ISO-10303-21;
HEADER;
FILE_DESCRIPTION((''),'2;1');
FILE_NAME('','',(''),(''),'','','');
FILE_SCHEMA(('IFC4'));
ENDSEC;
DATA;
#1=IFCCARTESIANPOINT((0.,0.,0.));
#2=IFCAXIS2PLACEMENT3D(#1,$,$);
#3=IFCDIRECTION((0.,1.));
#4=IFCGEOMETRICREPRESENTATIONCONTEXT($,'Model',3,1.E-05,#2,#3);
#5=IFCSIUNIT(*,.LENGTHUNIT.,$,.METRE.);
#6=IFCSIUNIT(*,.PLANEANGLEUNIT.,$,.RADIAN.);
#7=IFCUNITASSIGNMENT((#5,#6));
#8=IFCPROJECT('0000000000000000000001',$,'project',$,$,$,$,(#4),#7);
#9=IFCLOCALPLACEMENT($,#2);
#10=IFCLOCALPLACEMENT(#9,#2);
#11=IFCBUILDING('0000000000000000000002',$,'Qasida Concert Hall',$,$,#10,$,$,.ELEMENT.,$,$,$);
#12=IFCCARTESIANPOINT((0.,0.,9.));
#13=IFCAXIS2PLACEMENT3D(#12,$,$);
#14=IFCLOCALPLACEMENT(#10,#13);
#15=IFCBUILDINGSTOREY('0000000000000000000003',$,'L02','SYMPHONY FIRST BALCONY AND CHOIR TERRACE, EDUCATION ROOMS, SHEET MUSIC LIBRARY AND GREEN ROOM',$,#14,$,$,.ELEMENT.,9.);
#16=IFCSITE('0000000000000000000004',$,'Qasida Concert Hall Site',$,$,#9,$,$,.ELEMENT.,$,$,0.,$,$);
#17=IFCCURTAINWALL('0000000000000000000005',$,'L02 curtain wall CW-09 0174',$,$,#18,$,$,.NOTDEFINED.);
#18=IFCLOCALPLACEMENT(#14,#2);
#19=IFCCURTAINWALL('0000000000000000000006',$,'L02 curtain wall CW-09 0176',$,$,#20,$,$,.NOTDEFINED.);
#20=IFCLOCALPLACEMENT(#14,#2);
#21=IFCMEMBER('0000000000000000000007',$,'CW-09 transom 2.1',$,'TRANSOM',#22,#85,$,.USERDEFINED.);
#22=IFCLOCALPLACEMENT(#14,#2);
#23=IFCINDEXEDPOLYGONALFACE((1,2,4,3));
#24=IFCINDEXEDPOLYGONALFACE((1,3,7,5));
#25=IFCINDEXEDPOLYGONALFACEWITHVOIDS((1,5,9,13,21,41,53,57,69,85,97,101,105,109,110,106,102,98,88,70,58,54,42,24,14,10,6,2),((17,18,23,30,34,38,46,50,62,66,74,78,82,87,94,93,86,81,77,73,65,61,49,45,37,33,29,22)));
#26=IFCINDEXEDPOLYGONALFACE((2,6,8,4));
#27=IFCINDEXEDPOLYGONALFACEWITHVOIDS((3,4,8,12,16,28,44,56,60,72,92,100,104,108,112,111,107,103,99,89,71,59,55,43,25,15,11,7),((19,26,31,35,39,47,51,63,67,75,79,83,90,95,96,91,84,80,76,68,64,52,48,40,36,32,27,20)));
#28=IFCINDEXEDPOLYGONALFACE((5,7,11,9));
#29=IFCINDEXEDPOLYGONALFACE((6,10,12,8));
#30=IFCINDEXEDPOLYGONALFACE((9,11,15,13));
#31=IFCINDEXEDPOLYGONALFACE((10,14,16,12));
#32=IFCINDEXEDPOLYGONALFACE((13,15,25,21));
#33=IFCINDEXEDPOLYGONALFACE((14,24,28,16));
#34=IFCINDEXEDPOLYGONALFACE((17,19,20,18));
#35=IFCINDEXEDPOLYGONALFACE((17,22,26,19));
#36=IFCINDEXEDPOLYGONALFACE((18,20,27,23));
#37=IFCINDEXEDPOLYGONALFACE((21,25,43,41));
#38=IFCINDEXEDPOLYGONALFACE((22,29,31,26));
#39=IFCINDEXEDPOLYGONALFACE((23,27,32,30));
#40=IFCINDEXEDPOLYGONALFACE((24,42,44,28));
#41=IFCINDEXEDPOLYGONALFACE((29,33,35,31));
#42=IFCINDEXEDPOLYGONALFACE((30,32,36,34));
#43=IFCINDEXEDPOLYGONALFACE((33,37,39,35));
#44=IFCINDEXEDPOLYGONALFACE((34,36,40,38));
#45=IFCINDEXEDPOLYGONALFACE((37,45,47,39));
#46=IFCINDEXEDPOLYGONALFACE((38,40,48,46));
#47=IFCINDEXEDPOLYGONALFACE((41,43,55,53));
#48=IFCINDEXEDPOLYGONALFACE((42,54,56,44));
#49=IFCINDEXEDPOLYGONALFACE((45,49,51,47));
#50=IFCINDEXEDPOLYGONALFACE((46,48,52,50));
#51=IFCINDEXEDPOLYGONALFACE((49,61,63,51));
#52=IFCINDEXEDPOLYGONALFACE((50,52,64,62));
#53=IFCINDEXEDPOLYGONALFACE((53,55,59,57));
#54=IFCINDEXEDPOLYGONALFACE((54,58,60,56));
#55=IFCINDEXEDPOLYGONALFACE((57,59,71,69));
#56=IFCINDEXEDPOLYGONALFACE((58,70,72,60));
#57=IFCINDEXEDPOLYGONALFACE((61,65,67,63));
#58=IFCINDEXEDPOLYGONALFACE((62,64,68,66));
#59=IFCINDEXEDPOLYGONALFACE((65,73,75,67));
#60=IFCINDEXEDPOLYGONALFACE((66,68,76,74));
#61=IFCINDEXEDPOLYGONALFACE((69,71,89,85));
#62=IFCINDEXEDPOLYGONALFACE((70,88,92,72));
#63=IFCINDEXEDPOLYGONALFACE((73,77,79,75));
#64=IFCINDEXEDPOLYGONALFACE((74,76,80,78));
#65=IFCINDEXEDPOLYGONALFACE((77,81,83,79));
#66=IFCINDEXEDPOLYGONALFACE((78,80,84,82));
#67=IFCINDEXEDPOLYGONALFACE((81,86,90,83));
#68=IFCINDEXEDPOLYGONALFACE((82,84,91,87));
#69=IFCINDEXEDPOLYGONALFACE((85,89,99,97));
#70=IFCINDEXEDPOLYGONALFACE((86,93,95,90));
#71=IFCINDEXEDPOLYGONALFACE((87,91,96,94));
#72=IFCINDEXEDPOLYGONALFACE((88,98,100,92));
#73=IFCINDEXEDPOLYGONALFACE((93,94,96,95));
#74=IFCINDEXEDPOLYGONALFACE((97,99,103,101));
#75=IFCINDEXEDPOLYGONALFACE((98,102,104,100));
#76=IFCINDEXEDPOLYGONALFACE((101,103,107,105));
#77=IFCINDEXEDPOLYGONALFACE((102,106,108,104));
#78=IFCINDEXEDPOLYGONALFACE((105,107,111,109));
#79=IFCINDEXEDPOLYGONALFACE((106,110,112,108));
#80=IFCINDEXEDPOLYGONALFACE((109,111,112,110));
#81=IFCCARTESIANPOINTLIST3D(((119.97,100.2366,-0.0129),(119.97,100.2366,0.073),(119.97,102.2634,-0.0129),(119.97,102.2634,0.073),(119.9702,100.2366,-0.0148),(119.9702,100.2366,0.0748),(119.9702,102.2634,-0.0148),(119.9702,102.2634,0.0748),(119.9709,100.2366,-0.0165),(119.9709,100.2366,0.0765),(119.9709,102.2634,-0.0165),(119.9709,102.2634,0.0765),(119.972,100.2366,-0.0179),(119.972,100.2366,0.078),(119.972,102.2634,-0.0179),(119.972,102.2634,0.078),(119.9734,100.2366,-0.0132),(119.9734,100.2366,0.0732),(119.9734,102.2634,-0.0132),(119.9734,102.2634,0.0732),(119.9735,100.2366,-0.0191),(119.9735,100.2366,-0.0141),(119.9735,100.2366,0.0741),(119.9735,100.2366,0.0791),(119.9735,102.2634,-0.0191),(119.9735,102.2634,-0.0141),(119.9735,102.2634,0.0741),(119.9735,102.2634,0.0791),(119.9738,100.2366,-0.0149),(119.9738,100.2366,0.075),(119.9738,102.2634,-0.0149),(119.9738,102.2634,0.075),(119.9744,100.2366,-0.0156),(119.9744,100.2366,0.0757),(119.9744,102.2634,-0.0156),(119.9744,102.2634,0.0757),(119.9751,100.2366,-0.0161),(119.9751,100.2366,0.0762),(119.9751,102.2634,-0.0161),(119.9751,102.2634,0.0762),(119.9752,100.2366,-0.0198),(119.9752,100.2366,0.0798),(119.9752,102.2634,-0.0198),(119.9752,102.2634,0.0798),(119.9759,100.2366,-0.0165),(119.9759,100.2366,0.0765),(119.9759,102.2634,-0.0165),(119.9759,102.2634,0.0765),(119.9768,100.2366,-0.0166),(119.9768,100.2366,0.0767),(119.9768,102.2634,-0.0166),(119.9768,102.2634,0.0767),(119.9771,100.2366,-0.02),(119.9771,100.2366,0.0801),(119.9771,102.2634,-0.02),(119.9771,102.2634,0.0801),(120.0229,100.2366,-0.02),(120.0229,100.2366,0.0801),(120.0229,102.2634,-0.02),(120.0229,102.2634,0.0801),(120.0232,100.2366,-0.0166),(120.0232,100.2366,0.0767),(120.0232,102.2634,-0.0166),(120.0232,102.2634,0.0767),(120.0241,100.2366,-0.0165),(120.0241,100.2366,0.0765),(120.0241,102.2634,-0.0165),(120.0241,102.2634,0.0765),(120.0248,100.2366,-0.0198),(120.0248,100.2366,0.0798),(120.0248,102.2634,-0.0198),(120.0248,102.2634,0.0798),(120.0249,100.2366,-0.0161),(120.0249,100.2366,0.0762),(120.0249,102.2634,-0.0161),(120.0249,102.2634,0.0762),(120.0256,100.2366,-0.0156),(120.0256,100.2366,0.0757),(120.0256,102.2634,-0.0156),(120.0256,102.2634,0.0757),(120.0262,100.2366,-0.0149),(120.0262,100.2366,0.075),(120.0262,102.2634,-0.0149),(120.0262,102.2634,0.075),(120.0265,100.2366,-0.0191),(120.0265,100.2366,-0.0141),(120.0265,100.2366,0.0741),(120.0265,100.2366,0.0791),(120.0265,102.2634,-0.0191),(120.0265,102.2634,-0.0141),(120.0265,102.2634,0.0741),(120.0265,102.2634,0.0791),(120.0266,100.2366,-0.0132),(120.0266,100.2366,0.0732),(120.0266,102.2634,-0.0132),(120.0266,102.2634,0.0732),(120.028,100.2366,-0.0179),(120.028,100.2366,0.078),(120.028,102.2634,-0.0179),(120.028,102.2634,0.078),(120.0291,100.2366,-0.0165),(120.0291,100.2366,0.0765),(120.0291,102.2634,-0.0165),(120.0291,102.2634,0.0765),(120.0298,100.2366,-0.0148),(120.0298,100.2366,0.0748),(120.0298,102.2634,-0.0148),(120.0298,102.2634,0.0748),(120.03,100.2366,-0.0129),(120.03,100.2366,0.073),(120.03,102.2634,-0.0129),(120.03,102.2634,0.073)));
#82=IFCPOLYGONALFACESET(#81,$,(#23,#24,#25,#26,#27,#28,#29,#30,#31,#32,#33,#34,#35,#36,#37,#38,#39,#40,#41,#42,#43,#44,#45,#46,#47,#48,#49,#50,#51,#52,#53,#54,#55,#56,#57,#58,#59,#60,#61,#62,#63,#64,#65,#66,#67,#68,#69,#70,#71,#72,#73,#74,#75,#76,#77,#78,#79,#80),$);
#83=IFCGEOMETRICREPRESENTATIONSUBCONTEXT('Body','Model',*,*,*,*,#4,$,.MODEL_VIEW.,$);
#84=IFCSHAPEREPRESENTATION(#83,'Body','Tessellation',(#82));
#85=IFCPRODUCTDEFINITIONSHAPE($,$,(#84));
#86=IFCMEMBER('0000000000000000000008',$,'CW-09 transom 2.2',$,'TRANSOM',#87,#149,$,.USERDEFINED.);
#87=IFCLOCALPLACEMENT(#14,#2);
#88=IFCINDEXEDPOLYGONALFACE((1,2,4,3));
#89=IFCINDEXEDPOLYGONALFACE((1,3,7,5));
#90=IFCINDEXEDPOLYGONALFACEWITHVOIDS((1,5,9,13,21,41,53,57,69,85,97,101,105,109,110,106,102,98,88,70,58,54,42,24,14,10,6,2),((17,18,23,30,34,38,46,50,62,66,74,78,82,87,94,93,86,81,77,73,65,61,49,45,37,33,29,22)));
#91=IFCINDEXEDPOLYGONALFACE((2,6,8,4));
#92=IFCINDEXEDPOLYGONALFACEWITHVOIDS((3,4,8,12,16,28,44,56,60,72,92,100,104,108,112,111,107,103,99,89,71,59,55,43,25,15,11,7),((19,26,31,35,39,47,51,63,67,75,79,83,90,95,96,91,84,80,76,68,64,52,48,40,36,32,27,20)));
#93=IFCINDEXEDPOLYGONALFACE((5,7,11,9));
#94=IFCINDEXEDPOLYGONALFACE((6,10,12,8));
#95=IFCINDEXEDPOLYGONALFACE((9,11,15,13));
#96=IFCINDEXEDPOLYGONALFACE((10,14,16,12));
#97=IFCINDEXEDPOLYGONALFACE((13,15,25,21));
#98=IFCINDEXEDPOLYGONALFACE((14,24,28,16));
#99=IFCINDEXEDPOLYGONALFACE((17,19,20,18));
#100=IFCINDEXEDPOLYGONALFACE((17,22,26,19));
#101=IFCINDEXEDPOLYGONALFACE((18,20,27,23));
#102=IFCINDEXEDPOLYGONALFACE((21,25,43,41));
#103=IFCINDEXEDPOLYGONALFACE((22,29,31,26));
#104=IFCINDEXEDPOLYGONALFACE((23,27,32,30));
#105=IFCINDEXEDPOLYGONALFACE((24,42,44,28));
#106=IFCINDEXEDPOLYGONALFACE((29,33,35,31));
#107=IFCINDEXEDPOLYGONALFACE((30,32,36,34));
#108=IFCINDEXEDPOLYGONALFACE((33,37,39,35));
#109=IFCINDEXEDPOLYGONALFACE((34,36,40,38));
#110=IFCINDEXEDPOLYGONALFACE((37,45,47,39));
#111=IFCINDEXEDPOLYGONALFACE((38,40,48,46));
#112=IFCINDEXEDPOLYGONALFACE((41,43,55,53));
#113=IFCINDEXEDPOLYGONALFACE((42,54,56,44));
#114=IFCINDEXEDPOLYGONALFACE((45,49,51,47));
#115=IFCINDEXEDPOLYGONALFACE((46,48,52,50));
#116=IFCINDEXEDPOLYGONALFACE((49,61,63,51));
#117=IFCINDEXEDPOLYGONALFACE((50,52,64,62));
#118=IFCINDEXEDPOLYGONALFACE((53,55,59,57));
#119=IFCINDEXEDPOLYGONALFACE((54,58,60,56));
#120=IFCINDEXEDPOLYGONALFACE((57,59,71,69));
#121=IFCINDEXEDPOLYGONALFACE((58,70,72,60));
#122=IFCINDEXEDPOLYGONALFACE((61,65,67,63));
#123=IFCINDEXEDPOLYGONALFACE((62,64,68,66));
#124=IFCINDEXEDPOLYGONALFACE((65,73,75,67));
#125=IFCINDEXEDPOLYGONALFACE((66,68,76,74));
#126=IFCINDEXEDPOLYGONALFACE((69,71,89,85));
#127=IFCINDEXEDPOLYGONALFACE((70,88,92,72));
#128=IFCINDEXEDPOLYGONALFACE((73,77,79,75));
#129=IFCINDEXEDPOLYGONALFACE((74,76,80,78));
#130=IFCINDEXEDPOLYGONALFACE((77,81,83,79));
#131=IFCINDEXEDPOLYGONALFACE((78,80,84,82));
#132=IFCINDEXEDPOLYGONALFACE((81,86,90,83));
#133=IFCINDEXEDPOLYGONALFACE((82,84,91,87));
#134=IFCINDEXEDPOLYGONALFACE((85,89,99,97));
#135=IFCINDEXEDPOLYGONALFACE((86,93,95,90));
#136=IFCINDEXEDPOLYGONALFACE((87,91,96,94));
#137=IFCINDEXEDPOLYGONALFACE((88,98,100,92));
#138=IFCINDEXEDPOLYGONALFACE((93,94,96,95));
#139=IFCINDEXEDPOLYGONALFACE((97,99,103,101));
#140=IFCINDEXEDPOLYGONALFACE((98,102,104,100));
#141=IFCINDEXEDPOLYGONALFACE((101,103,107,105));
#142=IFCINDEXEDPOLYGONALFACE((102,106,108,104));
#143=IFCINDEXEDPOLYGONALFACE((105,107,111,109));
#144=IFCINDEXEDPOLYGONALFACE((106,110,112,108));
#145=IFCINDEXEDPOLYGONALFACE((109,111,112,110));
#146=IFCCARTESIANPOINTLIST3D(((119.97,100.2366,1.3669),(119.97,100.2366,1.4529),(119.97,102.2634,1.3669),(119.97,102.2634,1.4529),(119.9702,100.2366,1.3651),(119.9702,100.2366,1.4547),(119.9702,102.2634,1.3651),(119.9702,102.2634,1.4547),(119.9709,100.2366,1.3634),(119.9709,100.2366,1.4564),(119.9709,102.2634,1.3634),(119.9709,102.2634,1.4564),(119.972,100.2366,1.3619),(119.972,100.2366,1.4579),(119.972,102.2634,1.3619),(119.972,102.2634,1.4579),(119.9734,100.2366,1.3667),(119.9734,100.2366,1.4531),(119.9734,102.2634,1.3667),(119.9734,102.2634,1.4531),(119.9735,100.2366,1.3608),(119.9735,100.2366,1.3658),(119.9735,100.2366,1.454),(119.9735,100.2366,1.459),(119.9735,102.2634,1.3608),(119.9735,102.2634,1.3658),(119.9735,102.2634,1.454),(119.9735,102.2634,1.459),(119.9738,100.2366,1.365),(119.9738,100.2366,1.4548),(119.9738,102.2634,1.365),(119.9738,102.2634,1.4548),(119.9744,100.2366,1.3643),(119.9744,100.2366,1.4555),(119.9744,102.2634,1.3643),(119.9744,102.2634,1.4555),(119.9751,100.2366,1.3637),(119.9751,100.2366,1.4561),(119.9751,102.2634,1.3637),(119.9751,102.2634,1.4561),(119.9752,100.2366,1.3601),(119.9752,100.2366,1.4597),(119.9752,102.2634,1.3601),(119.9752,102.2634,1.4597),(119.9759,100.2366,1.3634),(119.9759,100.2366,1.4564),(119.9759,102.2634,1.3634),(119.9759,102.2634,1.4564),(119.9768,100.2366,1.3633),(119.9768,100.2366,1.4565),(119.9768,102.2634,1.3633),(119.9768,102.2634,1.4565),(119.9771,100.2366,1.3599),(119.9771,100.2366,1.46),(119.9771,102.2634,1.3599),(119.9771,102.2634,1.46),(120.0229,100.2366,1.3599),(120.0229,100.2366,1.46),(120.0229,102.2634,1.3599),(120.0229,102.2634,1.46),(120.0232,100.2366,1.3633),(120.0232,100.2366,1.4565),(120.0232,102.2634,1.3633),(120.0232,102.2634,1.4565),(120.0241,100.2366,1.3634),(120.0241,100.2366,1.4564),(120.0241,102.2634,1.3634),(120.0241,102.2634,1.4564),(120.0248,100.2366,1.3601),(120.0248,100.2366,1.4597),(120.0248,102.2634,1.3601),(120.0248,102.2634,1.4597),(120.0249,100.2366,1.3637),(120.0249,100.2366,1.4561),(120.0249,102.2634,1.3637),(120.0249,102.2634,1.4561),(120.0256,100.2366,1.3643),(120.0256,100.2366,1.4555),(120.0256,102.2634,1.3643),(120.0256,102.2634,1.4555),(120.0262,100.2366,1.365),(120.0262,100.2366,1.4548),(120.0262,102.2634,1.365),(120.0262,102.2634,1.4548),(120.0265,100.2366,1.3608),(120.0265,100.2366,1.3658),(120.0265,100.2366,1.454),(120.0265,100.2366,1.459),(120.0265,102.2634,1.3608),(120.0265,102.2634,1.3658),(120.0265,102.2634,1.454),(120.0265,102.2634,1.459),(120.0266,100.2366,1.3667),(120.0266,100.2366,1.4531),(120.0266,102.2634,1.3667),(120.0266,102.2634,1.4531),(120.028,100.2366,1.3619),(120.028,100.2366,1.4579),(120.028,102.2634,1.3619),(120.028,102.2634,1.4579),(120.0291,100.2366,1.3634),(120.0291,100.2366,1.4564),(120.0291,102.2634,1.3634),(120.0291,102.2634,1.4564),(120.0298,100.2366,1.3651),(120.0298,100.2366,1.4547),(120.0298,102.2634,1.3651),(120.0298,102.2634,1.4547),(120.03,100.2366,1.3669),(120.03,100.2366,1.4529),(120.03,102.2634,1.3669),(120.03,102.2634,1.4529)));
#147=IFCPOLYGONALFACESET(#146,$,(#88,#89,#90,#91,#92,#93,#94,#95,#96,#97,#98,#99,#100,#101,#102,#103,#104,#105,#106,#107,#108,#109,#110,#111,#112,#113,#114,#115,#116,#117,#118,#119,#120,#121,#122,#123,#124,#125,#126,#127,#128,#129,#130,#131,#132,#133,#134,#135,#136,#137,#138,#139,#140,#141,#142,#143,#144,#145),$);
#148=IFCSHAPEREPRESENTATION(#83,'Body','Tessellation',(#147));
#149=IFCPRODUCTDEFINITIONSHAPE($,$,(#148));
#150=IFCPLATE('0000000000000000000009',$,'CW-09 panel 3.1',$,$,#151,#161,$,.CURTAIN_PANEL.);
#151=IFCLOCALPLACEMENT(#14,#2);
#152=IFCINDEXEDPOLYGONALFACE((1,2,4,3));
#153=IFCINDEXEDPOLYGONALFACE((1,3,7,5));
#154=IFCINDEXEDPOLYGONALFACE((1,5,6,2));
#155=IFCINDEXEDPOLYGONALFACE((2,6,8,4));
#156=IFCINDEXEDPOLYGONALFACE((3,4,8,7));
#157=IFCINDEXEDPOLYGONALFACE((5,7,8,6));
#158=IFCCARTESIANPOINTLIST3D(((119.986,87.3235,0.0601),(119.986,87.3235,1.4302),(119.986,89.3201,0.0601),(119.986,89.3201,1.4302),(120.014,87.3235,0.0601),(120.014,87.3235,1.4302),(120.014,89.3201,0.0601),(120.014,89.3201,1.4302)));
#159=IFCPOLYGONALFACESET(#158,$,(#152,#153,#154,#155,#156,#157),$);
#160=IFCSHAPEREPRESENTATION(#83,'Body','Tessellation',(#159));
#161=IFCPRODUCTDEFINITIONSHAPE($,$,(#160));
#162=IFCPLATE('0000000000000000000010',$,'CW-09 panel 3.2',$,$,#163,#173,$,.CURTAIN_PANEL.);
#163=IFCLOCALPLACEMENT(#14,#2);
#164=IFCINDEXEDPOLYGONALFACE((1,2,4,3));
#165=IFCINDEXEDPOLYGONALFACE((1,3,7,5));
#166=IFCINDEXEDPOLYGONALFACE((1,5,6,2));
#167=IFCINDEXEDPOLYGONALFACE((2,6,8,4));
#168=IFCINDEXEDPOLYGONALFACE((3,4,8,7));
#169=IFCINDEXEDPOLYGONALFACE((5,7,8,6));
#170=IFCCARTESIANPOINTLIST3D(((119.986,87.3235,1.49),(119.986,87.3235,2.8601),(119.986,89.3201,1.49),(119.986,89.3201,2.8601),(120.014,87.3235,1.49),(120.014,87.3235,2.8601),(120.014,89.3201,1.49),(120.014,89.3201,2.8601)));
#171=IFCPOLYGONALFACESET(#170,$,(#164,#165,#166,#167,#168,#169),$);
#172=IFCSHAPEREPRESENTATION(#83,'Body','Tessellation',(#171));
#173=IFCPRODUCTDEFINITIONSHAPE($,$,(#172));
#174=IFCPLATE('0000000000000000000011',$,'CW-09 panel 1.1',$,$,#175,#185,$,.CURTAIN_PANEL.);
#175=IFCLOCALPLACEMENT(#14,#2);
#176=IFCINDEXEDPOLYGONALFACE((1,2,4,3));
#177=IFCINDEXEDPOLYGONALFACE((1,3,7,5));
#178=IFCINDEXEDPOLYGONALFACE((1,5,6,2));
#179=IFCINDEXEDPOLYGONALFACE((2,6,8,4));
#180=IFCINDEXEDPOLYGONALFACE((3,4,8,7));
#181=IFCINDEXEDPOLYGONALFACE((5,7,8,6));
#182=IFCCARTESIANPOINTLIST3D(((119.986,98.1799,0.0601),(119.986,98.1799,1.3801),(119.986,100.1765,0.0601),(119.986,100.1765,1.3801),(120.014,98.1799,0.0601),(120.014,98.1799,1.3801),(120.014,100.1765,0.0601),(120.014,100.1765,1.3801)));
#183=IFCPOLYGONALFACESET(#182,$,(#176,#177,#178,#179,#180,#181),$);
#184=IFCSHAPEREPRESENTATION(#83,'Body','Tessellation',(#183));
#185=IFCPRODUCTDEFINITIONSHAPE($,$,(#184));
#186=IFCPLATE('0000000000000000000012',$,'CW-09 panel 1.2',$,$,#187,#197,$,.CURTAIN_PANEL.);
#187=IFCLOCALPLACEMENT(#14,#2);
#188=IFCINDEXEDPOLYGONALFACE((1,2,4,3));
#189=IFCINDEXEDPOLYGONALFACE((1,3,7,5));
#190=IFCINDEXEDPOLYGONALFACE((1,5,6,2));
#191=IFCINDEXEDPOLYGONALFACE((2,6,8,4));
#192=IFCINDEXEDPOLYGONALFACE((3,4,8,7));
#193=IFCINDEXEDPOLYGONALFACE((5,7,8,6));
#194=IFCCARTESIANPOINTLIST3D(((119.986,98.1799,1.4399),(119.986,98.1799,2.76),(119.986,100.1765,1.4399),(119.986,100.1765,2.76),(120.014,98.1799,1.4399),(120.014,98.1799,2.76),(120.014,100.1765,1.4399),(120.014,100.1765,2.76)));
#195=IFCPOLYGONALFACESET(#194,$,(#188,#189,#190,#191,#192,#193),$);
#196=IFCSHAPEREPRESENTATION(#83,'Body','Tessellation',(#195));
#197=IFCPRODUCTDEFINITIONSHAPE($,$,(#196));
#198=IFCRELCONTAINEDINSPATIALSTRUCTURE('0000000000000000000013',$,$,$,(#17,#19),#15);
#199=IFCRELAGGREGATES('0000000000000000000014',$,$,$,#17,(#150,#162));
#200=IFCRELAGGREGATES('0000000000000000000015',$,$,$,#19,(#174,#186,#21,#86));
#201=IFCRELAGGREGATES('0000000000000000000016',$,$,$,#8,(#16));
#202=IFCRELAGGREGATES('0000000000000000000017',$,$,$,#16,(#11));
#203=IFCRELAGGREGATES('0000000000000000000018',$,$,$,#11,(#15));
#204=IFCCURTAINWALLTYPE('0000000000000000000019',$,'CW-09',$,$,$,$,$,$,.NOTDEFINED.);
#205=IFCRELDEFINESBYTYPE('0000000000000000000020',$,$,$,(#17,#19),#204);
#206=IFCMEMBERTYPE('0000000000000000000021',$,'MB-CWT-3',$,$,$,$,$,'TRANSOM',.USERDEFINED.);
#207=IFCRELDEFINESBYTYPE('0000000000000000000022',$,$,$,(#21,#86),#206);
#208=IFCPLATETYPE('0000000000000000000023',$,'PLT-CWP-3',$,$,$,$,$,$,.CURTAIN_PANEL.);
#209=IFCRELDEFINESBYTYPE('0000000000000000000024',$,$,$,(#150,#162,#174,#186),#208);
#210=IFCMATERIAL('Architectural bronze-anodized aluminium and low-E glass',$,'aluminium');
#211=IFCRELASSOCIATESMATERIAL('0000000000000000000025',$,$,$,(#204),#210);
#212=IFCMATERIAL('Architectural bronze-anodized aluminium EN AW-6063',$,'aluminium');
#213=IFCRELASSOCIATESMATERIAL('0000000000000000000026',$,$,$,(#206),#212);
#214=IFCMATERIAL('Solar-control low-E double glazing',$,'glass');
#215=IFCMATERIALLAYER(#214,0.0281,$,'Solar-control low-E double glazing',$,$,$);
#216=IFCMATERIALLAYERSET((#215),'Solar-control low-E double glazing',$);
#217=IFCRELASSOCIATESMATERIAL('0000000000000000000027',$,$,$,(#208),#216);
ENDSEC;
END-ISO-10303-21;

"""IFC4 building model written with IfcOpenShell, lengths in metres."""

from ifc_helpers import new_model, si_unit, direction, frame, origin, origin_2d, place, context, subcontext, project, spatial, rectangle, hollow_rectangle, extrude, material, layer, layer_set, material_profile, profile_set, type_object, element, aggregate, save


model = new_model("IFC4")

# Units and contexts
model_context = context("Model", 3, precision=1e-05, world=origin(), true_north=direction((0.0, 1.0)))
body_context = subcontext(model_context, "Body", "Model", "MODEL_VIEW")
ifc_project = project(units=[si_unit("LENGTHUNIT", "METRE"), si_unit("PLANEANGLEUNIT", "RADIAN")], contexts=[model_context])

# Site, building, storey
site_placement = place(None, origin())
site = spatial("IfcSite", under=ifc_project, at=site_placement, Name="Qasida Concert Hall Site", CompositionType="ELEMENT", RefElevation=0.0)
building_placement = place(site_placement, origin())
building = spatial("IfcBuilding", under=site, at=building_placement, Name="Qasida Concert Hall", CompositionType="ELEMENT")
storey_placement = place(building_placement, frame((0.0, 0.0, 9.0)))
storey = spatial("IfcBuildingStorey", under=building, at=storey_placement, Name="L02", Description="SYMPHONY FIRST BALCONY AND CHOIR TERRACE, EDUCATION ROOMS, SHEET MUSIC LIBRARY AND GREEN ROOM", CompositionType="ELEMENT", Elevation=9.0)

# Curtain wall
ifc_material_1 = material(Name="Architectural bronze-anodized aluminium and low-E glass", Category="aluminium")
curtain_wall_type = type_object("IfcCurtainWallType", Name="CW-09", PredefinedType="NOTDEFINED", material=ifc_material_1)
curtain_wall_1_placement = place(storey_placement, origin())
curtain_wall_1 = element("IfcCurtainWall", 1, at=curtain_wall_1_placement, inside=storey, type_object=curtain_wall_type, Name="L02 curtain wall CW-09 0174", PredefinedType="NOTDEFINED")
ifc_material_2 = material(Name="Architectural bronze-anodized aluminium EN AW-6063", Category="aluminium")

# Curtain wall
curtain_wall_2_placement = place(storey_placement, origin())
curtain_wall_2 = element("IfcCurtainWall", 2, at=curtain_wall_2_placement, inside=storey, type_object=curtain_wall_type, Name="L02 curtain wall CW-09 0176", PredefinedType="NOTDEFINED")

# Members
ifc_material_profile_1 = material_profile(ifc_material_2, hollow_rectangle(XDim=0.0601, YDim=0.1001, WallThickness=0.0034, InnerFilletRadius=0.0034, OuterFilletRadius=0.0071, at=origin_2d()), Name="CWT 100x60x3.5")
ifc_profile_set_1 = profile_set([ifc_material_profile_1], Name="Architectural bronze-anodized aluminium EN AW-6063")
member_type_1 = type_object("IfcMemberType", Name="MB-CWT-3", ElementType="TRANSOM", PredefinedType="USERDEFINED", material=ifc_profile_set_1)
member_1_placement = place(storey_placement, frame((120.0, 100.2366, 0.03), z_axis=(0.0, 1.0, 0.0), x_axis=(-1.0, 0.0, 0.0)))
member_1 = element("IfcMember", 3, at=member_1_placement, type_object=member_type_1, Name="CW-09 transom 2.1", ObjectType="TRANSOM", PredefinedType="USERDEFINED", context=body_context, shape_type="SweptSolid", body=[
    extrude(hollow_rectangle(XDim=0.0601, YDim=0.1001, WallThickness=0.0034, InnerFilletRadius=0.0034, OuterFilletRadius=0.0071, at=origin_2d()), origin(), (0.0, 0.0, 1.0), 2.0269),
])
member_2_placement = place(storey_placement, frame((120.0, 100.2366, 1.4099), z_axis=(0.0, 1.0, 0.0), x_axis=(-1.0, 0.0, 0.0)))
member_2 = element("IfcMember", 4, at=member_2_placement, type_object=member_type_1, Name="CW-09 transom 2.2", ObjectType="TRANSOM", PredefinedType="USERDEFINED", context=body_context, shape_type="SweptSolid", body=[
    extrude(hollow_rectangle(XDim=0.0601, YDim=0.1001, WallThickness=0.0034, InnerFilletRadius=0.0034, OuterFilletRadius=0.0071, at=origin_2d()), origin(), (0.0, 0.0, 1.0), 2.0269),
])

# Plates
ifc_material_3 = material(Name="Solar-control low-E double glazing", Category="glass")
ifc_layer_1 = layer(ifc_material_3, 0.0281, Name="Solar-control low-E double glazing")
ifc_layer_set_1 = layer_set([ifc_layer_1], Name="Solar-control low-E double glazing")
plate_type = type_object("IfcPlateType", Name="PLT-CWP-3", PredefinedType="CURTAIN_PANEL", material=ifc_layer_set_1)
plate_1_placement = place(storey_placement, frame((120.0, 88.3218, 0.0601), z_axis=(0.0, 0.0, 1.0), x_axis=(0.0, 1.0, 0.0)))
plate_1 = element("IfcPlate", 5, at=plate_1_placement, type_object=plate_type, Name="CW-09 panel 3.1", PredefinedType="CURTAIN_PANEL", context=body_context, shape_type="SweptSolid", body=[
    extrude(rectangle(XDim=1.9966, YDim=0.0281, at=origin_2d()), origin(), (0.0, 0.0, 1.0), 1.3701),
])
plate_2_placement = place(storey_placement, frame((120.0, 88.3218, 1.49), z_axis=(0.0, 0.0, 1.0), x_axis=(0.0, 1.0, 0.0)))
plate_2 = element("IfcPlate", 6, at=plate_2_placement, type_object=plate_type, Name="CW-09 panel 3.2", PredefinedType="CURTAIN_PANEL", context=body_context, shape_type="SweptSolid", body=[
    extrude(rectangle(XDim=1.9966, YDim=0.0281, at=origin_2d()), origin(), (0.0, 0.0, 1.0), 1.3701),
])
aggregate(curtain_wall_1, [plate_1, plate_2])
plate_3_placement = place(storey_placement, frame((120.0, 99.1782, 0.0601), z_axis=(0.0, 0.0, 1.0), x_axis=(0.0, 1.0, 0.0)))
plate_3 = element("IfcPlate", 7, at=plate_3_placement, type_object=plate_type, Name="CW-09 panel 1.1", PredefinedType="CURTAIN_PANEL", context=body_context, shape_type="SweptSolid", body=[
    extrude(rectangle(XDim=1.9966, YDim=0.0281, at=origin_2d()), origin(), (0.0, 0.0, 1.0), 1.3201),
])
plate_4_placement = place(storey_placement, frame((120.0, 99.1782, 1.4399), z_axis=(0.0, 0.0, 1.0), x_axis=(0.0, 1.0, 0.0)))
plate_4 = element("IfcPlate", 8, at=plate_4_placement, type_object=plate_type, Name="CW-09 panel 1.2", PredefinedType="CURTAIN_PANEL", context=body_context, shape_type="SweptSolid", body=[
    extrude(rectangle(XDim=1.9966, YDim=0.0281, at=origin_2d()), origin(), (0.0, 0.0, 1.0), 1.3201),
])
aggregate(curtain_wall_2, [plate_3, plate_4, member_1, member_2])

save(model, "model.ifc")
